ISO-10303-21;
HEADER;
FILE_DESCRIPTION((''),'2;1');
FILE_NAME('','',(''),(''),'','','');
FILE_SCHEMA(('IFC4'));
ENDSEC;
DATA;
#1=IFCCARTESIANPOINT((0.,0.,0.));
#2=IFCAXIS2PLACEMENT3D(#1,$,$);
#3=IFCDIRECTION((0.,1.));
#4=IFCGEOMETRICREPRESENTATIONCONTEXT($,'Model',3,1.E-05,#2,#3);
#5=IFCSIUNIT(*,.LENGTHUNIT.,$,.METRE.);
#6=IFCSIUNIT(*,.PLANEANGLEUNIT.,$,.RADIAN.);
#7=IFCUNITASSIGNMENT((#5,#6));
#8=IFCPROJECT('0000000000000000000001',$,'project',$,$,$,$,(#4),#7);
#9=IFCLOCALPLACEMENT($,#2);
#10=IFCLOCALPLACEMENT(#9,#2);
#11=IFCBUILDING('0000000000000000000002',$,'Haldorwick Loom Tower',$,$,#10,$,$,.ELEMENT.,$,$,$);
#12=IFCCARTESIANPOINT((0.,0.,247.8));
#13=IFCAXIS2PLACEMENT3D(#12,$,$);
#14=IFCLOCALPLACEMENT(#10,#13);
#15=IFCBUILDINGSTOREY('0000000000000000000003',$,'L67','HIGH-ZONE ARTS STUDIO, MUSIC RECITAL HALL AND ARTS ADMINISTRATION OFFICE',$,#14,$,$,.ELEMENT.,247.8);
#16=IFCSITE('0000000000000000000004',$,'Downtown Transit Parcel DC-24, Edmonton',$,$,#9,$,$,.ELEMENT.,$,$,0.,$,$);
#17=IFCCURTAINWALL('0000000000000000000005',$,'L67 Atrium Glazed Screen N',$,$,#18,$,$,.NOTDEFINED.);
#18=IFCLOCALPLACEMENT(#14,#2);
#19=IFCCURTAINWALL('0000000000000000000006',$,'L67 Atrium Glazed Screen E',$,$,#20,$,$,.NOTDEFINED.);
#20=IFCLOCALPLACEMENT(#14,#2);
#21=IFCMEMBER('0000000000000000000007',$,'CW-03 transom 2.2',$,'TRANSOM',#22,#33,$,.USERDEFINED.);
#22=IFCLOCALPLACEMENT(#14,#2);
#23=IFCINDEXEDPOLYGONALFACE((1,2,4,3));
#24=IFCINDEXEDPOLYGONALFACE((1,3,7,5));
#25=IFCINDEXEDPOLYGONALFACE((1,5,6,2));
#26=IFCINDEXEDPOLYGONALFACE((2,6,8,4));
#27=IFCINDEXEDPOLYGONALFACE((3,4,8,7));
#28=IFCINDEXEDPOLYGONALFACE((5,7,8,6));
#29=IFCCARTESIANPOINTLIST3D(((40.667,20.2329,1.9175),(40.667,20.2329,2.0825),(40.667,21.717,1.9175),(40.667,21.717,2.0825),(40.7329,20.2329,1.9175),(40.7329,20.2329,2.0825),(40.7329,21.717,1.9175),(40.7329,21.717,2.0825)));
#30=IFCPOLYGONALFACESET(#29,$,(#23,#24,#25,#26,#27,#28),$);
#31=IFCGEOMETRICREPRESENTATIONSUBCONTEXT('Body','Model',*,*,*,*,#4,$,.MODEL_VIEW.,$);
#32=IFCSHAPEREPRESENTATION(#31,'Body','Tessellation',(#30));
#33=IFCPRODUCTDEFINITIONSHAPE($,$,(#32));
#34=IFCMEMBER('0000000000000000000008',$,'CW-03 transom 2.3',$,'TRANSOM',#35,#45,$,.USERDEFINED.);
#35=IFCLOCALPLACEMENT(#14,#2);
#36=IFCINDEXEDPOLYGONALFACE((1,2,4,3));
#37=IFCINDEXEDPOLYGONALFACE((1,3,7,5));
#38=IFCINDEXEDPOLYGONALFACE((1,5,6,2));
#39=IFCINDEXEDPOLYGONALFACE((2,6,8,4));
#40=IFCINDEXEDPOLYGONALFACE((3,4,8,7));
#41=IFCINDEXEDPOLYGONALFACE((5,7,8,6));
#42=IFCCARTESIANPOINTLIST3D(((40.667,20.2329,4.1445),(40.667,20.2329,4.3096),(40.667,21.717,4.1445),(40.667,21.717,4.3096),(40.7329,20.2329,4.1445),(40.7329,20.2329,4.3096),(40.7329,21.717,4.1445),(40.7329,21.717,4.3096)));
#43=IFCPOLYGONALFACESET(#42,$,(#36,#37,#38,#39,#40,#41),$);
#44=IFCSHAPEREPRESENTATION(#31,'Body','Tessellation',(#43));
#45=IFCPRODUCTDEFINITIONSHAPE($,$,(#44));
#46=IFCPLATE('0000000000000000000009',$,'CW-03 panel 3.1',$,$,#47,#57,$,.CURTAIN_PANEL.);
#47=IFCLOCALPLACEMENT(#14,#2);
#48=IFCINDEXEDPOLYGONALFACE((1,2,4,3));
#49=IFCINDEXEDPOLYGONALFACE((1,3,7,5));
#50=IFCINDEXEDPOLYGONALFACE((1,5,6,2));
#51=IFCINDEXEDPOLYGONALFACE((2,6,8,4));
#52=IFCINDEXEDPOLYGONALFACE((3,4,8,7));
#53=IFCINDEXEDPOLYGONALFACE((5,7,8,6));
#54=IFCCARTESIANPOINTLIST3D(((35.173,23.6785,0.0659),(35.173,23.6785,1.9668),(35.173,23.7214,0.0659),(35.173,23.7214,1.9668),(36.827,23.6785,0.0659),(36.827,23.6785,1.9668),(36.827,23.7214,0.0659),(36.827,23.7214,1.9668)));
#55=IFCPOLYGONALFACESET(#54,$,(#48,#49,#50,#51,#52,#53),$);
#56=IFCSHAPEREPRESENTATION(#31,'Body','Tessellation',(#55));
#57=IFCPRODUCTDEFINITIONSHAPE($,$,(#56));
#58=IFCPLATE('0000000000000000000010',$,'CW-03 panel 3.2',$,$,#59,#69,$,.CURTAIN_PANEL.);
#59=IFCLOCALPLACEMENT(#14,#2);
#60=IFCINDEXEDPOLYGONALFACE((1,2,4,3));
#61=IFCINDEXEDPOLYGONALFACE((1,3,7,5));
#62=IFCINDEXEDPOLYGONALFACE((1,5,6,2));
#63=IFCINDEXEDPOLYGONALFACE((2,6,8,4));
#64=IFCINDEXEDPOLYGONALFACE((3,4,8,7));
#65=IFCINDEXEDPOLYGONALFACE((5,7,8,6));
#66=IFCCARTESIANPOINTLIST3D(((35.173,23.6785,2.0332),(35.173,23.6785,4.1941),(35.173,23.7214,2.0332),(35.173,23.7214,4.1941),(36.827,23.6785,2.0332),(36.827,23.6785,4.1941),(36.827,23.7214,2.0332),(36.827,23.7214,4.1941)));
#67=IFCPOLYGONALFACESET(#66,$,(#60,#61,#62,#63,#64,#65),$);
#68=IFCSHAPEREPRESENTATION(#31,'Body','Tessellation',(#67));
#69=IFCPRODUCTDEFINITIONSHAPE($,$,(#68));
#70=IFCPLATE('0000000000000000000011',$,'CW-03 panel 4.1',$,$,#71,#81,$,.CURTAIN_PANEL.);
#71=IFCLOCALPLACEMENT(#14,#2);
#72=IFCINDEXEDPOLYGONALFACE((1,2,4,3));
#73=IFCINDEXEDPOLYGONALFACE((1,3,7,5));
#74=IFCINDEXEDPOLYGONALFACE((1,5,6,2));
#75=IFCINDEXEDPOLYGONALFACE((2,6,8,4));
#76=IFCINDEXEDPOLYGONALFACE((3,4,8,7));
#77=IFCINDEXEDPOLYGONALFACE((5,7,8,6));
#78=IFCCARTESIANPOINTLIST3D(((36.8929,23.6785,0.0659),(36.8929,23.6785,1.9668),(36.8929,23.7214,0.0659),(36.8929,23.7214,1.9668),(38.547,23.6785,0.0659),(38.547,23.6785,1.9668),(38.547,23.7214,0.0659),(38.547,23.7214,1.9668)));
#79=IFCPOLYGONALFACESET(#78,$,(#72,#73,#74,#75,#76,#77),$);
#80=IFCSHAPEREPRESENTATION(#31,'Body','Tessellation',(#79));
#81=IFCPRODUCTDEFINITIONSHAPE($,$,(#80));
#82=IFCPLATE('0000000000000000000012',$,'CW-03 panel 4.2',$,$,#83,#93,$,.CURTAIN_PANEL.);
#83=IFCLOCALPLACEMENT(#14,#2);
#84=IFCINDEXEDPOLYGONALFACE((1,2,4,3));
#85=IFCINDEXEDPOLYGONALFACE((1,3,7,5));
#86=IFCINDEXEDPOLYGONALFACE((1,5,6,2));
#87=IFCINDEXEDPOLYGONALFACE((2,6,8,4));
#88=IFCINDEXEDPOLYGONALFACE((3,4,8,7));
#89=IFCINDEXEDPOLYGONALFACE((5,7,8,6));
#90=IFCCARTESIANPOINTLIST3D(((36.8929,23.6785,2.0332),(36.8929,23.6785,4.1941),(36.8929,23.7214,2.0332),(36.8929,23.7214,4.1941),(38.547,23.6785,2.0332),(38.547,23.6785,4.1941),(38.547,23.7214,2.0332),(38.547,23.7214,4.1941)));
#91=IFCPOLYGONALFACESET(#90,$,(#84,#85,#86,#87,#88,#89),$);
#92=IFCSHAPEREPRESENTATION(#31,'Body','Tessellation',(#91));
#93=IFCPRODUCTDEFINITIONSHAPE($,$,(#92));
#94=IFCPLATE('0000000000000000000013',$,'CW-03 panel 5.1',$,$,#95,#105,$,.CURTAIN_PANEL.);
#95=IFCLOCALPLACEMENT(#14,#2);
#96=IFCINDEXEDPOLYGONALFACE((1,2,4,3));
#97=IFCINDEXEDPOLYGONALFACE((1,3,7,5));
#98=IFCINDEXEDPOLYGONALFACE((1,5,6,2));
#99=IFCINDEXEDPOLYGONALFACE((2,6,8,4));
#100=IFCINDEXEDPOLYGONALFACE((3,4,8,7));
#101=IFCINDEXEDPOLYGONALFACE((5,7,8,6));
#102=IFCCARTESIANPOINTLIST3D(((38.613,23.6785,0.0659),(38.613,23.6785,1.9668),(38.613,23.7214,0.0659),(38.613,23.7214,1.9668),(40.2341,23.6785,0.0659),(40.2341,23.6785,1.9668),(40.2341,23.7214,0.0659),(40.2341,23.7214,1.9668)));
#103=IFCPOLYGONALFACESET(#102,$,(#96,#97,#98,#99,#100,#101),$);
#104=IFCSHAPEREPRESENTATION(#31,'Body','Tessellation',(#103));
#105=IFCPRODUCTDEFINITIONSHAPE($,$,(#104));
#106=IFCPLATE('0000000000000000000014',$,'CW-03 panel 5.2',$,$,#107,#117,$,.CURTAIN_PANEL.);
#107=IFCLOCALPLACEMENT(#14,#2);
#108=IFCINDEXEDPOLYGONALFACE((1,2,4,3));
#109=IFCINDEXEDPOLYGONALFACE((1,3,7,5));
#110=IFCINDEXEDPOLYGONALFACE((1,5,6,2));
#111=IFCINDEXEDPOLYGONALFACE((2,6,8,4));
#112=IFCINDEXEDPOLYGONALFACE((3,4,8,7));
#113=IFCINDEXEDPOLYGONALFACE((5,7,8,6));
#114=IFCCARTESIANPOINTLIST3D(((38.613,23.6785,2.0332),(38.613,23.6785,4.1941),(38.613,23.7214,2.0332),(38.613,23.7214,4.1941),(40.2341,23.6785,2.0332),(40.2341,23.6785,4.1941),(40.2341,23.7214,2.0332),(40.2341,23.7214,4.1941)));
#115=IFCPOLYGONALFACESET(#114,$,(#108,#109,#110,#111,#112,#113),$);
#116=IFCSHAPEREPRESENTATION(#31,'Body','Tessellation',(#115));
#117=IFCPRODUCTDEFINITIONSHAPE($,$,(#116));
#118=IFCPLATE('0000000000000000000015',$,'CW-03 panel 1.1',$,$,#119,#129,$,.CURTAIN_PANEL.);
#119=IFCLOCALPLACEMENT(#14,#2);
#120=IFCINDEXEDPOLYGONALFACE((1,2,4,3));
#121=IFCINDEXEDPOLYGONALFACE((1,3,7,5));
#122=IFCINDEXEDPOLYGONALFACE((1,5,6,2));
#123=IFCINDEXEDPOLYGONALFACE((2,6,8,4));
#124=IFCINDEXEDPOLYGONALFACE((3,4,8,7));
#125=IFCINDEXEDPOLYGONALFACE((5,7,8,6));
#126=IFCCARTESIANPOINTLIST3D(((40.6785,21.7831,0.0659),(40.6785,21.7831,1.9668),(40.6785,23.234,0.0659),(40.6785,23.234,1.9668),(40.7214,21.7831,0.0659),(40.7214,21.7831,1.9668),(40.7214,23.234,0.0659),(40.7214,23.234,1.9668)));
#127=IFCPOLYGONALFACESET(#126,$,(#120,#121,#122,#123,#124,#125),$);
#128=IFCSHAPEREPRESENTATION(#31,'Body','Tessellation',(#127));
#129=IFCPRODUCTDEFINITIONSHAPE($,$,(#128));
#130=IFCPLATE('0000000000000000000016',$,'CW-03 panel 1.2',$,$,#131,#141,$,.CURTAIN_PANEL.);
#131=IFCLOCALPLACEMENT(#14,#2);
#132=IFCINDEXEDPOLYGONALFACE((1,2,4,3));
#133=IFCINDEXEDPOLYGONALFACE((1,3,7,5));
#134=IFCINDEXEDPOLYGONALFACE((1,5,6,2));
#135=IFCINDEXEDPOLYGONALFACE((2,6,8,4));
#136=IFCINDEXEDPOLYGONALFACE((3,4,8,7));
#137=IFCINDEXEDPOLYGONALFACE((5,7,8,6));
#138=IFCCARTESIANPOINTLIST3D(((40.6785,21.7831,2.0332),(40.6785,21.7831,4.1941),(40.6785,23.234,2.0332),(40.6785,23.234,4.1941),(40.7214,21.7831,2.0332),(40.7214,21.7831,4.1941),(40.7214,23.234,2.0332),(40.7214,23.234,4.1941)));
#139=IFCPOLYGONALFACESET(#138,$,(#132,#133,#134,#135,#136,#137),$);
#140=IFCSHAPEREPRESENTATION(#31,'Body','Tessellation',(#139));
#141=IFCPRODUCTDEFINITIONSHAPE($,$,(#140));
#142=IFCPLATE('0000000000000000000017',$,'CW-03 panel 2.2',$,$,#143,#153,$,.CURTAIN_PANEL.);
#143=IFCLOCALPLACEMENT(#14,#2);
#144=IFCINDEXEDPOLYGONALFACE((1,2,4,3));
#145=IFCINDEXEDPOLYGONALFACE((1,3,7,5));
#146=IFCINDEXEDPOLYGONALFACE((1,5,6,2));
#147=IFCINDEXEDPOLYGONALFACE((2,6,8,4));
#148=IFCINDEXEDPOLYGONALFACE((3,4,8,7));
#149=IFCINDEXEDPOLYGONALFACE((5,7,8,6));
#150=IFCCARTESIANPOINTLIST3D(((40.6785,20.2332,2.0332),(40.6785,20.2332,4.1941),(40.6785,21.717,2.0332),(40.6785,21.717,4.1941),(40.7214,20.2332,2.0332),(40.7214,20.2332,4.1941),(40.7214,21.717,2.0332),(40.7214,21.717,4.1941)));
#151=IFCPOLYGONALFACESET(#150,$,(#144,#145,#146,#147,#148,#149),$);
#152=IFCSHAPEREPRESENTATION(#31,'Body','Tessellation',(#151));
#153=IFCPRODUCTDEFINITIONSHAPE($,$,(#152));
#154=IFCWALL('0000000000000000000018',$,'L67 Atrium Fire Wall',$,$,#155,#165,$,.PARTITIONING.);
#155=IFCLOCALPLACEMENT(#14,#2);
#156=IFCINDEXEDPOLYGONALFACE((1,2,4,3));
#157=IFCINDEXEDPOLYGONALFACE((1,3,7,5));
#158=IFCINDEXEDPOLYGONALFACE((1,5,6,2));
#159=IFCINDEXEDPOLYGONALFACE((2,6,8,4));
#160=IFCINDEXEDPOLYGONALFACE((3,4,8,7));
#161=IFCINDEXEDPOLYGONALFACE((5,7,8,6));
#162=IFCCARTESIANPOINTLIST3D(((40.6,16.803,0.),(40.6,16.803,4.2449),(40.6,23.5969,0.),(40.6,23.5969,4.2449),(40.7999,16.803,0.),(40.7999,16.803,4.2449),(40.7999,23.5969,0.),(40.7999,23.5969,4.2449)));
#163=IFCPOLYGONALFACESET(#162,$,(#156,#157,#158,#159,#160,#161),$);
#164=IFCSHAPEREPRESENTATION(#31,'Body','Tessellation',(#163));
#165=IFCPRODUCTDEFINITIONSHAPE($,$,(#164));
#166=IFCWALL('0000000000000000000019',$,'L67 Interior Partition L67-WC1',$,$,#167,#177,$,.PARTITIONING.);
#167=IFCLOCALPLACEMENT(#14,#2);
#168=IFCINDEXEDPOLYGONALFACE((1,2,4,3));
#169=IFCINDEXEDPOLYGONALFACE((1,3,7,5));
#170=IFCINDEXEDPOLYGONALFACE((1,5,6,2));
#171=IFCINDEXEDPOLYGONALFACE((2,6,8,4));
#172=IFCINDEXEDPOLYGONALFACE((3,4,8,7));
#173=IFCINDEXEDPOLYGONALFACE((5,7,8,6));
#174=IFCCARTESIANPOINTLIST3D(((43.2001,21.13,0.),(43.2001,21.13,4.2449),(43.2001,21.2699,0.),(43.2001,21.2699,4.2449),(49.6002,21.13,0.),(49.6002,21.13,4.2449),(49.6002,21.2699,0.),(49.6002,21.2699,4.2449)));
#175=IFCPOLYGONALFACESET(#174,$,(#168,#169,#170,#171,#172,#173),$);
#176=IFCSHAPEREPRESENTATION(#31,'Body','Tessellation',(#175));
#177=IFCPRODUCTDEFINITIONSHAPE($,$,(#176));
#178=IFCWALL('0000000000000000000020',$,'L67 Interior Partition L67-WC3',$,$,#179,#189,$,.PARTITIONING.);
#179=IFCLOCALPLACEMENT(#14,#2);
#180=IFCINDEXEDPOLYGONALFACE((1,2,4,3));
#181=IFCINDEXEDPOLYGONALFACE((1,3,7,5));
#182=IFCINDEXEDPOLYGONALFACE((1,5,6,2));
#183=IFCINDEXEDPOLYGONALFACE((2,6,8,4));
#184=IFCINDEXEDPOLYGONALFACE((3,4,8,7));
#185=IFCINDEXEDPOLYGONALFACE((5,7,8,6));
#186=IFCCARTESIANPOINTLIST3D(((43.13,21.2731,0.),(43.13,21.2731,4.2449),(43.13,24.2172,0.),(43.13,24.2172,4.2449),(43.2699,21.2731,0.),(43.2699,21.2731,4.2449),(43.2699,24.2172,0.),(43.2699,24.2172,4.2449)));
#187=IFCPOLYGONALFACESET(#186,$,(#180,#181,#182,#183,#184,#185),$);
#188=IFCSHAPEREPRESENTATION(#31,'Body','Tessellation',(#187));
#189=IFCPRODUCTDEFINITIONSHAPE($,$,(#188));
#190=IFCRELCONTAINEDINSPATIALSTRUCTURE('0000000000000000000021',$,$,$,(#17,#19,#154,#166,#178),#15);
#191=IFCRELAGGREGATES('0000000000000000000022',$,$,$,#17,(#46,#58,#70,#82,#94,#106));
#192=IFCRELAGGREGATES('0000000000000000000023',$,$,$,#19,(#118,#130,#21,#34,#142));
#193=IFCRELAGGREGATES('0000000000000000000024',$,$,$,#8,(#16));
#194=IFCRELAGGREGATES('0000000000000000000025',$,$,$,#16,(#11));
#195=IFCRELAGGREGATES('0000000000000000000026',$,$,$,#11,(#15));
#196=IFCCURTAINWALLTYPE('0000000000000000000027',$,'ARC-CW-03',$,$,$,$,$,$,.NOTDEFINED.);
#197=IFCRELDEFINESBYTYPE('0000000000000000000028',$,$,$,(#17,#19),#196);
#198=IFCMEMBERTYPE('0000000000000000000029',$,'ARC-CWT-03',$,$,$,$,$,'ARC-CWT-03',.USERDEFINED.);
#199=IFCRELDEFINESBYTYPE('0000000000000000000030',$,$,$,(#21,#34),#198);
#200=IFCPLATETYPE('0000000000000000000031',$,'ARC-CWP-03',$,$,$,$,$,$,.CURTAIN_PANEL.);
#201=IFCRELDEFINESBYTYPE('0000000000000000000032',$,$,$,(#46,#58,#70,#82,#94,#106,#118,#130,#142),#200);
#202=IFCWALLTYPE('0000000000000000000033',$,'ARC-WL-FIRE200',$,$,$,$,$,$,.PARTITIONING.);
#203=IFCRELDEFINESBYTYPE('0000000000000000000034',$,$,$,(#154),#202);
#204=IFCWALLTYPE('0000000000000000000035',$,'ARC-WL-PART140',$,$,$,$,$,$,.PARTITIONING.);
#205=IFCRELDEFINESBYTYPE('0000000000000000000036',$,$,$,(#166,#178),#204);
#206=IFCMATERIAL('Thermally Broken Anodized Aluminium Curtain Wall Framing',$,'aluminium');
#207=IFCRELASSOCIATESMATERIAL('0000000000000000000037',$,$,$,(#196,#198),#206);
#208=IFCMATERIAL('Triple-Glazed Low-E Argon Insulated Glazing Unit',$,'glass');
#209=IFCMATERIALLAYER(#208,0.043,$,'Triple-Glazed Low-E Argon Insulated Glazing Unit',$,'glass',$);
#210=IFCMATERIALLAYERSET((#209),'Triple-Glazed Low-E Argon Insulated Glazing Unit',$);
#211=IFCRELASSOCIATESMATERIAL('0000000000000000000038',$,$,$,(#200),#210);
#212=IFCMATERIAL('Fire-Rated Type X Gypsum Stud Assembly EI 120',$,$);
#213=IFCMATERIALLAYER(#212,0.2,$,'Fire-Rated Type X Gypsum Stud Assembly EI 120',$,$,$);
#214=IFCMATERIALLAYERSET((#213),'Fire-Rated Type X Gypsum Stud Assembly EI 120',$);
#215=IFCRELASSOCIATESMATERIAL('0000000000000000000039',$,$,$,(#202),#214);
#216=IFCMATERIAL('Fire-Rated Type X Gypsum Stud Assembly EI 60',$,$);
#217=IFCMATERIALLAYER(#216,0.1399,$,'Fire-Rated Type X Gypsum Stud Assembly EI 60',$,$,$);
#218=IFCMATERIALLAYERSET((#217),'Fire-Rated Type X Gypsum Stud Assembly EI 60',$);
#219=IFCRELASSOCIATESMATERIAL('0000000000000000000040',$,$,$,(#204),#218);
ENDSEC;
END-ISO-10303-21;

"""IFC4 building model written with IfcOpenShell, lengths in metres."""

from ifc_helpers import new_model, si_unit, direction, frame, frame_2d, origin, origin_2d, place, context, subcontext, project, spatial, rectangle, extrude, material, layer, layer_set, material_profile, profile_set, type_object, element, aggregate, save


model = new_model("IFC4")

# Units and contexts
model_context = context("Model", 3, precision=1e-05, world=origin(), true_north=direction((0.0, 1.0)))
body_context = subcontext(model_context, "Body", "Model", "MODEL_VIEW")
ifc_project = project(units=[si_unit("LENGTHUNIT", "METRE"), si_unit("PLANEANGLEUNIT", "RADIAN")], contexts=[model_context])

# Site, building, storey
site_placement = place(None, origin())
site = spatial("IfcSite", under=ifc_project, at=site_placement, Name="Downtown Transit Parcel DC-24, Edmonton", CompositionType="ELEMENT", RefElevation=0.0)
building_placement = place(site_placement, origin())
building = spatial("IfcBuilding", under=site, at=building_placement, Name="Haldorwick Loom Tower", CompositionType="ELEMENT")
storey_placement = place(building_placement, frame((0.0, 0.0, 247.8)))
storey = spatial("IfcBuildingStorey", under=building, at=storey_placement, Name="L67", Description="HIGH-ZONE ARTS STUDIO, MUSIC RECITAL HALL AND ARTS ADMINISTRATION OFFICE", CompositionType="ELEMENT", Elevation=247.8)

# Curtain walls
ifc_material_1 = material(Name="Thermally Broken Anodized Aluminium Curtain Wall Framing", Category="aluminium")
curtain_wall_type = type_object("IfcCurtainWallType", Name="ARC-CW-03", PredefinedType="NOTDEFINED", material=ifc_material_1)
curtain_wall_1_placement = place(storey_placement, origin())
curtain_wall_1 = element("IfcCurtainWall", 1, at=curtain_wall_1_placement, inside=storey, type_object=curtain_wall_type, Name="L67 Atrium Glazed Screen N", PredefinedType="NOTDEFINED")
curtain_wall_2_placement = place(storey_placement, origin())
curtain_wall_2 = element("IfcCurtainWall", 2, at=curtain_wall_2_placement, inside=storey, type_object=curtain_wall_type, Name="L67 Atrium Glazed Screen E", PredefinedType="NOTDEFINED")

# Members
ifc_material_profile_1 = material_profile(ifc_material_1, rectangle(XDim=0.0659, YDim=0.165, at=origin_2d()), Name="ALU_TRN_66X165", Category="aluminium")
ifc_profile_set_1 = profile_set([ifc_material_profile_1], Name="Thermally Broken Anodized Aluminium Curtain Wall Framing")
member_type_1 = type_object("IfcMemberType", Name="ARC-CWT-03", ElementType="ARC-CWT-03", PredefinedType="USERDEFINED", material=ifc_profile_set_1)
member_1_placement = place(storey_placement, frame((40.7, 21.717, 2.0), z_axis=(0.0, -1.0, 0.0), x_axis=(1.0, 0.0, 0.0)))
member_1 = element("IfcMember", 3, at=member_1_placement, type_object=member_type_1, Name="CW-03 transom 2.2", ObjectType="TRANSOM", PredefinedType="USERDEFINED", context=body_context, shape_type="SweptSolid", body=[
    extrude(rectangle(XDim=0.0659, YDim=0.165, at=origin_2d()), origin(), (0.0, 0.0, 1.0), 1.4841),
])
member_2_placement = place(storey_placement, frame((40.7, 21.717, 4.2271), z_axis=(0.0, -1.0, 0.0), x_axis=(1.0, 0.0, 0.0)))
member_2 = element("IfcMember", 4, at=member_2_placement, type_object=member_type_1, Name="CW-03 transom 2.3", ObjectType="TRANSOM", PredefinedType="USERDEFINED", context=body_context, shape_type="SweptSolid", body=[
    extrude(rectangle(XDim=0.0659, YDim=0.165, at=origin_2d()), origin(), (0.0, 0.0, 1.0), 1.4841),
])

# Plates
ifc_material_2 = material(Name="Triple-Glazed Low-E Argon Insulated Glazing Unit", Category="glass")
ifc_layer_1 = layer(ifc_material_2, 0.043, Name="Triple-Glazed Low-E Argon Insulated Glazing Unit", Category="glass")
ifc_layer_set_1 = layer_set([ifc_layer_1], Name="Triple-Glazed Low-E Argon Insulated Glazing Unit")
plate_type = type_object("IfcPlateType", Name="ARC-CWP-03", PredefinedType="CURTAIN_PANEL", material=ifc_layer_set_1)
plate_1_placement = place(storey_placement, frame((36.0, 23.7, 0.0659), z_axis=(0.0, 0.0, 1.0), x_axis=(1.0, 0.0, 0.0)))
plate_1 = element("IfcPlate", 5, at=plate_1_placement, type_object=plate_type, Name="CW-03 panel 3.1", PredefinedType="CURTAIN_PANEL", context=body_context, shape_type="SweptSolid", body=[
    extrude(rectangle(XDim=1.6541, YDim=0.043, at=origin_2d()), origin(), (0.0, 0.0, 1.0), 1.9009),
])
plate_2_placement = place(storey_placement, frame((36.0, 23.7, 2.0332), z_axis=(0.0, 0.0, 1.0), x_axis=(1.0, 0.0, 0.0)))
plate_2 = element("IfcPlate", 6, at=plate_2_placement, type_object=plate_type, Name="CW-03 panel 3.2", PredefinedType="CURTAIN_PANEL", context=body_context, shape_type="SweptSolid", body=[
    extrude(rectangle(XDim=1.6541, YDim=0.043, at=origin_2d()), origin(), (0.0, 0.0, 1.0), 2.1609),
])
plate_3_placement = place(storey_placement, frame((37.72, 23.7, 0.0659), z_axis=(0.0, 0.0, 1.0), x_axis=(1.0, 0.0, 0.0)))
plate_3 = element("IfcPlate", 7, at=plate_3_placement, type_object=plate_type, Name="CW-03 panel 4.1", PredefinedType="CURTAIN_PANEL", context=body_context, shape_type="SweptSolid", body=[
    extrude(rectangle(XDim=1.6541, YDim=0.043, at=origin_2d()), origin(), (0.0, 0.0, 1.0), 1.9009),
])
plate_4_placement = place(storey_placement, frame((37.72, 23.7, 2.0332), z_axis=(0.0, 0.0, 1.0), x_axis=(1.0, 0.0, 0.0)))
plate_4 = element("IfcPlate", 8, at=plate_4_placement, type_object=plate_type, Name="CW-03 panel 4.2", PredefinedType="CURTAIN_PANEL", context=body_context, shape_type="SweptSolid", body=[
    extrude(rectangle(XDim=1.6541, YDim=0.043, at=origin_2d()), origin(), (0.0, 0.0, 1.0), 2.1609),
])
plate_5_placement = place(storey_placement, frame((39.4236, 23.7, 0.0659), z_axis=(0.0, 0.0, 1.0), x_axis=(1.0, 0.0, 0.0)))
plate_5 = element("IfcPlate", 9, at=plate_5_placement, type_object=plate_type, Name="CW-03 panel 5.1", PredefinedType="CURTAIN_PANEL", context=body_context, shape_type="SweptSolid", body=[
    extrude(rectangle(XDim=1.6211, YDim=0.043, at=origin_2d()), origin(), (0.0, 0.0, 1.0), 1.9009),
])
plate_6_placement = place(storey_placement, frame((39.4236, 23.7, 2.0332), z_axis=(0.0, 0.0, 1.0), x_axis=(1.0, 0.0, 0.0)))
plate_6 = element("IfcPlate", 10, at=plate_6_placement, type_object=plate_type, Name="CW-03 panel 5.2", PredefinedType="CURTAIN_PANEL", context=body_context, shape_type="SweptSolid", body=[
    extrude(rectangle(XDim=1.6211, YDim=0.043, at=origin_2d()), origin(), (0.0, 0.0, 1.0), 2.1609),
])
aggregate(curtain_wall_1, [plate_1, plate_2, plate_3, plate_4, plate_5, plate_6])
plate_7_placement = place(storey_placement, frame((40.7, 22.5085, 0.0659), z_axis=(0.0, 0.0, 1.0), x_axis=(0.0, -1.0, 0.0)))
plate_7 = element("IfcPlate", 11, at=plate_7_placement, type_object=plate_type, Name="CW-03 panel 1.1", PredefinedType="CURTAIN_PANEL", context=body_context, shape_type="SweptSolid", body=[
    extrude(rectangle(XDim=1.4509, YDim=0.043, at=origin_2d()), origin(), (0.0, 0.0, 1.0), 1.9009),
])
plate_8_placement = place(storey_placement, frame((40.7, 22.5085, 2.0332), z_axis=(0.0, 0.0, 1.0), x_axis=(0.0, -1.0, 0.0)))
plate_8 = element("IfcPlate", 12, at=plate_8_placement, type_object=plate_type, Name="CW-03 panel 1.2", PredefinedType="CURTAIN_PANEL", context=body_context, shape_type="SweptSolid", body=[
    extrude(rectangle(XDim=1.4509, YDim=0.043, at=origin_2d()), origin(), (0.0, 0.0, 1.0), 2.1609),
])
plate_9_placement = place(storey_placement, frame((40.7, 20.9751, 2.0332), z_axis=(0.0, 0.0, 1.0), x_axis=(0.0, -1.0, 0.0)))
plate_9 = element("IfcPlate", 13, at=plate_9_placement, type_object=plate_type, Name="CW-03 panel 2.2", PredefinedType="CURTAIN_PANEL", context=body_context, shape_type="SweptSolid", body=[
    extrude(rectangle(XDim=1.4839, YDim=0.043, at=origin_2d()), origin(), (0.0, 0.0, 1.0), 2.1609),
])
aggregate(curtain_wall_2, [plate_7, plate_8, member_1, member_2, plate_9])

# Walls
ifc_material_3 = material(Name="Fire-Rated Type X Gypsum Stud Assembly EI 120")
ifc_layer_2 = layer(ifc_material_3, 0.2, Name="Fire-Rated Type X Gypsum Stud Assembly EI 120")
ifc_layer_set_2 = layer_set([ifc_layer_2], Name="Fire-Rated Type X Gypsum Stud Assembly EI 120")
wall_type_1 = type_object("IfcWallType", Name="ARC-WL-FIRE200", PredefinedType="PARTITIONING", material=ifc_layer_set_2)
wall_1_placement = place(storey_placement, frame((40.7, 23.5969, 0.0), z_axis=(0.0, 0.0, 1.0), x_axis=(0.0, -1.0, 0.0)))
element("IfcWall", 14, at=wall_1_placement, inside=storey, type_object=wall_type_1, Name="L67 Atrium Fire Wall", PredefinedType="PARTITIONING", context=body_context, shape_type="SweptSolid", body=[
    extrude(rectangle(XDim=6.7939, YDim=0.2, at=frame_2d((3.397, 0.0))), origin(), (0.0, 0.0, 1.0), 4.2449),
])
ifc_material_4 = material(Name="Fire-Rated Type X Gypsum Stud Assembly EI 60")
ifc_layer_3 = layer(ifc_material_4, 0.1399, Name="Fire-Rated Type X Gypsum Stud Assembly EI 60")
ifc_layer_set_3 = layer_set([ifc_layer_3], Name="Fire-Rated Type X Gypsum Stud Assembly EI 60")
wall_type_2 = type_object("IfcWallType", Name="ARC-WL-PART140", PredefinedType="PARTITIONING", material=ifc_layer_set_3)
wall_2_placement = place(storey_placement, frame((43.2, 21.2, 0.0), z_axis=(0.0, 0.0, 1.0), x_axis=(1.0, 0.0, 0.0)))
element("IfcWall", 15, at=wall_2_placement, inside=storey, type_object=wall_type_2, Name="L67 Interior Partition L67-WC1", PredefinedType="PARTITIONING", context=body_context, shape_type="SweptSolid", body=[
    extrude(rectangle(XDim=6.4001, YDim=0.1399, at=frame_2d((3.2002, 0.0))), origin(), (0.0, 0.0, 1.0), 4.2449),
])
wall_3_placement = place(storey_placement, frame((43.2, 21.2729, 0.0), z_axis=(0.0, 0.0, 1.0), x_axis=(0.0, 1.0, 0.0)))
element("IfcWall", 16, at=wall_3_placement, inside=storey, type_object=wall_type_2, Name="L67 Interior Partition L67-WC3", PredefinedType="PARTITIONING", context=body_context, shape_type="SweptSolid", body=[
    extrude(rectangle(XDim=2.9441, YDim=0.1399, at=frame_2d((1.4722, 0.0))), origin(), (0.0, 0.0, 1.0), 4.2449),
])

save(model, "model.ifc")
